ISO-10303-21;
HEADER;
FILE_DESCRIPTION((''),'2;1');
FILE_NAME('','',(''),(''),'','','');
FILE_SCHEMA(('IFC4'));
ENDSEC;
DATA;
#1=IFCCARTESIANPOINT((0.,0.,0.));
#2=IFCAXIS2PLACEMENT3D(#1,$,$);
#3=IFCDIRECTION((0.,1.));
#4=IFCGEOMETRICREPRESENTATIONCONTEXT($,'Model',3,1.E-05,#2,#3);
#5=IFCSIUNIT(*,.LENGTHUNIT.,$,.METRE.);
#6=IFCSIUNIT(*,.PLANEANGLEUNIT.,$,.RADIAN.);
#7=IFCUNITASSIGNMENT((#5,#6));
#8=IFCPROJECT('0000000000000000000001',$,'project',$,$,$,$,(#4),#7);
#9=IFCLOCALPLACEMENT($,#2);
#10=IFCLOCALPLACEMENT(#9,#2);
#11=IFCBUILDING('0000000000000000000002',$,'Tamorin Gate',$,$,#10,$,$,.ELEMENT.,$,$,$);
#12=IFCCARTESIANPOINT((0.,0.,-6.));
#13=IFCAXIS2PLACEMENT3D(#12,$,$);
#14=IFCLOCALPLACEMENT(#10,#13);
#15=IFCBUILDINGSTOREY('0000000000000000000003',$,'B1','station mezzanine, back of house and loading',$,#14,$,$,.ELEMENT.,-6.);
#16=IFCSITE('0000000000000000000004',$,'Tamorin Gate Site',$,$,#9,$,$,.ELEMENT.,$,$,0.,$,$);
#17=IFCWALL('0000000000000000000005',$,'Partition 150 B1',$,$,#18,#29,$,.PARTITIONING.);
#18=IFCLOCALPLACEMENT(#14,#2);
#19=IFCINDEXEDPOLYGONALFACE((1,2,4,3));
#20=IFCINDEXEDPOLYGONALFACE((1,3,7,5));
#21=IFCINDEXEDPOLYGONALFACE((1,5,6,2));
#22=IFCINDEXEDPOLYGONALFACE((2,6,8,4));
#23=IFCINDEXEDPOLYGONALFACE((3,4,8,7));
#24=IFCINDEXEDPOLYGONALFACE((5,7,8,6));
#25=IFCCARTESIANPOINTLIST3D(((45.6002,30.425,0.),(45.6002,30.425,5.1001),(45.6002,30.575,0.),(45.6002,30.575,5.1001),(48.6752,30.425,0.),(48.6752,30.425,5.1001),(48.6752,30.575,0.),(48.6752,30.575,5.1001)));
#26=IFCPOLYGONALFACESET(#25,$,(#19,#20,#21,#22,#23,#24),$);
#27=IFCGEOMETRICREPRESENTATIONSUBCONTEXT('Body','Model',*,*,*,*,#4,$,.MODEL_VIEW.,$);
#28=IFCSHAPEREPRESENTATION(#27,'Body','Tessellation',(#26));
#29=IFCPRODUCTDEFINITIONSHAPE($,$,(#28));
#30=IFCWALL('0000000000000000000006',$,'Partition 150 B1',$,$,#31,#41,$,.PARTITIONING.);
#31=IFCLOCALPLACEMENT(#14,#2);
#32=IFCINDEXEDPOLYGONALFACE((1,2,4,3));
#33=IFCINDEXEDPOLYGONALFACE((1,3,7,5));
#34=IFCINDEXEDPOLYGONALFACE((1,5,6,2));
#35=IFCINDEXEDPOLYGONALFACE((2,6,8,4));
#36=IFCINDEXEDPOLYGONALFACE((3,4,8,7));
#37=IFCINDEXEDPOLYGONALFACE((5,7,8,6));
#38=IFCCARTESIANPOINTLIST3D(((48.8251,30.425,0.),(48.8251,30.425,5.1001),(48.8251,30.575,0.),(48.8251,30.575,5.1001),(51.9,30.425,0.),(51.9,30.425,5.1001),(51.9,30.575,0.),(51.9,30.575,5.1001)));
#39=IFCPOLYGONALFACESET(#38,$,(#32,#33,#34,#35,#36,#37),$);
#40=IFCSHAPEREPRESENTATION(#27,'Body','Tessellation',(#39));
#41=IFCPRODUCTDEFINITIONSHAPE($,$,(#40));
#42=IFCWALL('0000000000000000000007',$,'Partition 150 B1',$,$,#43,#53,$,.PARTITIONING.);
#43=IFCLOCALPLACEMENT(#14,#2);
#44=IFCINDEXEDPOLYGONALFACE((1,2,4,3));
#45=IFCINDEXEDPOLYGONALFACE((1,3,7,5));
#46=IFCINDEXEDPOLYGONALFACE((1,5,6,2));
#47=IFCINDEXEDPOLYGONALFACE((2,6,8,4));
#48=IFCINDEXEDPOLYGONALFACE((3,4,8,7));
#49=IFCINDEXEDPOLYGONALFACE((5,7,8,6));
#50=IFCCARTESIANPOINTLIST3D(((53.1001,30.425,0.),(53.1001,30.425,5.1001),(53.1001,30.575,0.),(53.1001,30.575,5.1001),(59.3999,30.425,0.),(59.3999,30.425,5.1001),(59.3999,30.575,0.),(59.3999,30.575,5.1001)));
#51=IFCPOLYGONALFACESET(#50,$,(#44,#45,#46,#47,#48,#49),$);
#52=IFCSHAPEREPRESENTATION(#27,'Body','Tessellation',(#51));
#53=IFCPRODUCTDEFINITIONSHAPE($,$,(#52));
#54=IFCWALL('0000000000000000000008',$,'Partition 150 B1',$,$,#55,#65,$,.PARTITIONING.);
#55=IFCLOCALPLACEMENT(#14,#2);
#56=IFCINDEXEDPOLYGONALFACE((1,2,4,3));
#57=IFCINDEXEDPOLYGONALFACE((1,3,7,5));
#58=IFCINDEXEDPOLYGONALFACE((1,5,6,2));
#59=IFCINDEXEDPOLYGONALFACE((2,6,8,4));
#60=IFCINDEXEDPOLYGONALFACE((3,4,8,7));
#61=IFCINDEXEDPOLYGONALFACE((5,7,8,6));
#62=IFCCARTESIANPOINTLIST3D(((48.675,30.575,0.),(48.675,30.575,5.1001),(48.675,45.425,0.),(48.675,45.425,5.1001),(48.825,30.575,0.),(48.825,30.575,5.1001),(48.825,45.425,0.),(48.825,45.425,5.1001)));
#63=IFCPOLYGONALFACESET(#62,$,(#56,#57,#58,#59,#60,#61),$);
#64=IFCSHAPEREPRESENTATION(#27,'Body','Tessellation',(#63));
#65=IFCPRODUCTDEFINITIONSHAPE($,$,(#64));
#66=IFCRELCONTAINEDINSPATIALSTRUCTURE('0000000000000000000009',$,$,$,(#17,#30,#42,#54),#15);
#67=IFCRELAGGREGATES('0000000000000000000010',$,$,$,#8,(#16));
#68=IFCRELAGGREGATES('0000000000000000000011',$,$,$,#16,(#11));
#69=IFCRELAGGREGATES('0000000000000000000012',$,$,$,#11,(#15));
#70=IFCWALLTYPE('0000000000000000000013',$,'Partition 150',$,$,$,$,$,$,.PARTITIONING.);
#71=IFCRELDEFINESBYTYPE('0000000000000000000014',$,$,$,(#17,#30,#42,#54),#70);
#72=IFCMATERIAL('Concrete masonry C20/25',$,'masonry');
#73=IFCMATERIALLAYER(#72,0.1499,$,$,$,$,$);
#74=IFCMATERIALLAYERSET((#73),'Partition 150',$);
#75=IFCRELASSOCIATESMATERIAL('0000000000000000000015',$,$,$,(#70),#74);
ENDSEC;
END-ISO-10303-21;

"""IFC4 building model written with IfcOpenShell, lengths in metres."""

from ifc_helpers import new_model, si_unit, direction, frame, frame_2d, origin, place, context, subcontext, project, spatial, rectangle, extrude, material, layer, layer_set, type_object, element, save


model = new_model("IFC4")

# Units and contexts
model_context = context("Model", 3, precision=1e-05, world=origin(), true_north=direction((0.0, 1.0)))
body_context = subcontext(model_context, "Body", "Model", "MODEL_VIEW")
ifc_project = project(units=[si_unit("LENGTHUNIT", "METRE"), si_unit("PLANEANGLEUNIT", "RADIAN")], contexts=[model_context])

# Site, building, storey
site_placement = place(None, origin())
site = spatial("IfcSite", under=ifc_project, at=site_placement, Name="Tamorin Gate Site", CompositionType="ELEMENT", RefElevation=0.0)
building_placement = place(site_placement, origin())
building = spatial("IfcBuilding", under=site, at=building_placement, Name="Tamorin Gate", CompositionType="ELEMENT")
storey_placement = place(building_placement, frame((0.0, 0.0, -6.0)))
storey = spatial("IfcBuildingStorey", under=building, at=storey_placement, Name="B1", Description="station mezzanine, back of house and loading", CompositionType="ELEMENT", Elevation=-6.0)

# Shared definitions
ifc_material_1 = material(Name="Concrete masonry C20/25", Category="masonry")
ifc_layer = layer(ifc_material_1, 0.1499)
ifc_layer_set = layer_set([ifc_layer], Name="Partition 150")
wall_type = type_object("IfcWallType", Name="Partition 150", PredefinedType="PARTITIONING", material=ifc_layer_set)

# Walls
for number, where, z_axis, x_axis, name in (
    (1, (45.6001, 30.5, 0.0), (0.0, 0.0, 1.0), (1.0, 0.0, 0.0), "Partition 150 B1"),
    (2, (48.825, 30.5, 0.0), (0.0, 0.0, 1.0), (1.0, 0.0, 0.0), "Partition 150 B1"),
):
    element("IfcWall", number, at=place(storey_placement, frame(where, z_axis=z_axis, x_axis=x_axis)), inside=storey, type_object=wall_type, Name=name, PredefinedType="PARTITIONING", context=body_context, shape_type="SweptSolid", body=[
        extrude(rectangle(XDim=3.075, YDim=0.1499, at=frame_2d((1.5376, 0.0))), origin(), (0.0, 0.0, 1.0), 5.1001),
    ])
wall_1_placement = place(storey_placement, frame((53.1001, 30.5, 0.0), z_axis=(0.0, 0.0, 1.0), x_axis=(1.0, 0.0, 0.0)))
element("IfcWall", 3, at=wall_1_placement, inside=storey, type_object=wall_type, Name="Partition 150 B1", PredefinedType="PARTITIONING", context=body_context, shape_type="SweptSolid", body=[
    extrude(rectangle(XDim=6.2998, YDim=0.1499, at=frame_2d((3.1499, 0.0))), origin(), (0.0, 0.0, 1.0), 5.1001),
])
wall_2_placement = place(storey_placement, frame((48.75, 30.575, 0.0), z_axis=(0.0, 0.0, 1.0), x_axis=(0.0, 1.0, 0.0)))
element("IfcWall", 4, at=wall_2_placement, inside=storey, type_object=wall_type, Name="Partition 150 B1", PredefinedType="PARTITIONING", context=body_context, shape_type="SweptSolid", body=[
    extrude(rectangle(XDim=14.8501, YDim=0.1499, at=frame_2d((7.425, 0.0))), origin(), (0.0, 0.0, 1.0), 5.1001),
])

save(model, "model.ifc")
